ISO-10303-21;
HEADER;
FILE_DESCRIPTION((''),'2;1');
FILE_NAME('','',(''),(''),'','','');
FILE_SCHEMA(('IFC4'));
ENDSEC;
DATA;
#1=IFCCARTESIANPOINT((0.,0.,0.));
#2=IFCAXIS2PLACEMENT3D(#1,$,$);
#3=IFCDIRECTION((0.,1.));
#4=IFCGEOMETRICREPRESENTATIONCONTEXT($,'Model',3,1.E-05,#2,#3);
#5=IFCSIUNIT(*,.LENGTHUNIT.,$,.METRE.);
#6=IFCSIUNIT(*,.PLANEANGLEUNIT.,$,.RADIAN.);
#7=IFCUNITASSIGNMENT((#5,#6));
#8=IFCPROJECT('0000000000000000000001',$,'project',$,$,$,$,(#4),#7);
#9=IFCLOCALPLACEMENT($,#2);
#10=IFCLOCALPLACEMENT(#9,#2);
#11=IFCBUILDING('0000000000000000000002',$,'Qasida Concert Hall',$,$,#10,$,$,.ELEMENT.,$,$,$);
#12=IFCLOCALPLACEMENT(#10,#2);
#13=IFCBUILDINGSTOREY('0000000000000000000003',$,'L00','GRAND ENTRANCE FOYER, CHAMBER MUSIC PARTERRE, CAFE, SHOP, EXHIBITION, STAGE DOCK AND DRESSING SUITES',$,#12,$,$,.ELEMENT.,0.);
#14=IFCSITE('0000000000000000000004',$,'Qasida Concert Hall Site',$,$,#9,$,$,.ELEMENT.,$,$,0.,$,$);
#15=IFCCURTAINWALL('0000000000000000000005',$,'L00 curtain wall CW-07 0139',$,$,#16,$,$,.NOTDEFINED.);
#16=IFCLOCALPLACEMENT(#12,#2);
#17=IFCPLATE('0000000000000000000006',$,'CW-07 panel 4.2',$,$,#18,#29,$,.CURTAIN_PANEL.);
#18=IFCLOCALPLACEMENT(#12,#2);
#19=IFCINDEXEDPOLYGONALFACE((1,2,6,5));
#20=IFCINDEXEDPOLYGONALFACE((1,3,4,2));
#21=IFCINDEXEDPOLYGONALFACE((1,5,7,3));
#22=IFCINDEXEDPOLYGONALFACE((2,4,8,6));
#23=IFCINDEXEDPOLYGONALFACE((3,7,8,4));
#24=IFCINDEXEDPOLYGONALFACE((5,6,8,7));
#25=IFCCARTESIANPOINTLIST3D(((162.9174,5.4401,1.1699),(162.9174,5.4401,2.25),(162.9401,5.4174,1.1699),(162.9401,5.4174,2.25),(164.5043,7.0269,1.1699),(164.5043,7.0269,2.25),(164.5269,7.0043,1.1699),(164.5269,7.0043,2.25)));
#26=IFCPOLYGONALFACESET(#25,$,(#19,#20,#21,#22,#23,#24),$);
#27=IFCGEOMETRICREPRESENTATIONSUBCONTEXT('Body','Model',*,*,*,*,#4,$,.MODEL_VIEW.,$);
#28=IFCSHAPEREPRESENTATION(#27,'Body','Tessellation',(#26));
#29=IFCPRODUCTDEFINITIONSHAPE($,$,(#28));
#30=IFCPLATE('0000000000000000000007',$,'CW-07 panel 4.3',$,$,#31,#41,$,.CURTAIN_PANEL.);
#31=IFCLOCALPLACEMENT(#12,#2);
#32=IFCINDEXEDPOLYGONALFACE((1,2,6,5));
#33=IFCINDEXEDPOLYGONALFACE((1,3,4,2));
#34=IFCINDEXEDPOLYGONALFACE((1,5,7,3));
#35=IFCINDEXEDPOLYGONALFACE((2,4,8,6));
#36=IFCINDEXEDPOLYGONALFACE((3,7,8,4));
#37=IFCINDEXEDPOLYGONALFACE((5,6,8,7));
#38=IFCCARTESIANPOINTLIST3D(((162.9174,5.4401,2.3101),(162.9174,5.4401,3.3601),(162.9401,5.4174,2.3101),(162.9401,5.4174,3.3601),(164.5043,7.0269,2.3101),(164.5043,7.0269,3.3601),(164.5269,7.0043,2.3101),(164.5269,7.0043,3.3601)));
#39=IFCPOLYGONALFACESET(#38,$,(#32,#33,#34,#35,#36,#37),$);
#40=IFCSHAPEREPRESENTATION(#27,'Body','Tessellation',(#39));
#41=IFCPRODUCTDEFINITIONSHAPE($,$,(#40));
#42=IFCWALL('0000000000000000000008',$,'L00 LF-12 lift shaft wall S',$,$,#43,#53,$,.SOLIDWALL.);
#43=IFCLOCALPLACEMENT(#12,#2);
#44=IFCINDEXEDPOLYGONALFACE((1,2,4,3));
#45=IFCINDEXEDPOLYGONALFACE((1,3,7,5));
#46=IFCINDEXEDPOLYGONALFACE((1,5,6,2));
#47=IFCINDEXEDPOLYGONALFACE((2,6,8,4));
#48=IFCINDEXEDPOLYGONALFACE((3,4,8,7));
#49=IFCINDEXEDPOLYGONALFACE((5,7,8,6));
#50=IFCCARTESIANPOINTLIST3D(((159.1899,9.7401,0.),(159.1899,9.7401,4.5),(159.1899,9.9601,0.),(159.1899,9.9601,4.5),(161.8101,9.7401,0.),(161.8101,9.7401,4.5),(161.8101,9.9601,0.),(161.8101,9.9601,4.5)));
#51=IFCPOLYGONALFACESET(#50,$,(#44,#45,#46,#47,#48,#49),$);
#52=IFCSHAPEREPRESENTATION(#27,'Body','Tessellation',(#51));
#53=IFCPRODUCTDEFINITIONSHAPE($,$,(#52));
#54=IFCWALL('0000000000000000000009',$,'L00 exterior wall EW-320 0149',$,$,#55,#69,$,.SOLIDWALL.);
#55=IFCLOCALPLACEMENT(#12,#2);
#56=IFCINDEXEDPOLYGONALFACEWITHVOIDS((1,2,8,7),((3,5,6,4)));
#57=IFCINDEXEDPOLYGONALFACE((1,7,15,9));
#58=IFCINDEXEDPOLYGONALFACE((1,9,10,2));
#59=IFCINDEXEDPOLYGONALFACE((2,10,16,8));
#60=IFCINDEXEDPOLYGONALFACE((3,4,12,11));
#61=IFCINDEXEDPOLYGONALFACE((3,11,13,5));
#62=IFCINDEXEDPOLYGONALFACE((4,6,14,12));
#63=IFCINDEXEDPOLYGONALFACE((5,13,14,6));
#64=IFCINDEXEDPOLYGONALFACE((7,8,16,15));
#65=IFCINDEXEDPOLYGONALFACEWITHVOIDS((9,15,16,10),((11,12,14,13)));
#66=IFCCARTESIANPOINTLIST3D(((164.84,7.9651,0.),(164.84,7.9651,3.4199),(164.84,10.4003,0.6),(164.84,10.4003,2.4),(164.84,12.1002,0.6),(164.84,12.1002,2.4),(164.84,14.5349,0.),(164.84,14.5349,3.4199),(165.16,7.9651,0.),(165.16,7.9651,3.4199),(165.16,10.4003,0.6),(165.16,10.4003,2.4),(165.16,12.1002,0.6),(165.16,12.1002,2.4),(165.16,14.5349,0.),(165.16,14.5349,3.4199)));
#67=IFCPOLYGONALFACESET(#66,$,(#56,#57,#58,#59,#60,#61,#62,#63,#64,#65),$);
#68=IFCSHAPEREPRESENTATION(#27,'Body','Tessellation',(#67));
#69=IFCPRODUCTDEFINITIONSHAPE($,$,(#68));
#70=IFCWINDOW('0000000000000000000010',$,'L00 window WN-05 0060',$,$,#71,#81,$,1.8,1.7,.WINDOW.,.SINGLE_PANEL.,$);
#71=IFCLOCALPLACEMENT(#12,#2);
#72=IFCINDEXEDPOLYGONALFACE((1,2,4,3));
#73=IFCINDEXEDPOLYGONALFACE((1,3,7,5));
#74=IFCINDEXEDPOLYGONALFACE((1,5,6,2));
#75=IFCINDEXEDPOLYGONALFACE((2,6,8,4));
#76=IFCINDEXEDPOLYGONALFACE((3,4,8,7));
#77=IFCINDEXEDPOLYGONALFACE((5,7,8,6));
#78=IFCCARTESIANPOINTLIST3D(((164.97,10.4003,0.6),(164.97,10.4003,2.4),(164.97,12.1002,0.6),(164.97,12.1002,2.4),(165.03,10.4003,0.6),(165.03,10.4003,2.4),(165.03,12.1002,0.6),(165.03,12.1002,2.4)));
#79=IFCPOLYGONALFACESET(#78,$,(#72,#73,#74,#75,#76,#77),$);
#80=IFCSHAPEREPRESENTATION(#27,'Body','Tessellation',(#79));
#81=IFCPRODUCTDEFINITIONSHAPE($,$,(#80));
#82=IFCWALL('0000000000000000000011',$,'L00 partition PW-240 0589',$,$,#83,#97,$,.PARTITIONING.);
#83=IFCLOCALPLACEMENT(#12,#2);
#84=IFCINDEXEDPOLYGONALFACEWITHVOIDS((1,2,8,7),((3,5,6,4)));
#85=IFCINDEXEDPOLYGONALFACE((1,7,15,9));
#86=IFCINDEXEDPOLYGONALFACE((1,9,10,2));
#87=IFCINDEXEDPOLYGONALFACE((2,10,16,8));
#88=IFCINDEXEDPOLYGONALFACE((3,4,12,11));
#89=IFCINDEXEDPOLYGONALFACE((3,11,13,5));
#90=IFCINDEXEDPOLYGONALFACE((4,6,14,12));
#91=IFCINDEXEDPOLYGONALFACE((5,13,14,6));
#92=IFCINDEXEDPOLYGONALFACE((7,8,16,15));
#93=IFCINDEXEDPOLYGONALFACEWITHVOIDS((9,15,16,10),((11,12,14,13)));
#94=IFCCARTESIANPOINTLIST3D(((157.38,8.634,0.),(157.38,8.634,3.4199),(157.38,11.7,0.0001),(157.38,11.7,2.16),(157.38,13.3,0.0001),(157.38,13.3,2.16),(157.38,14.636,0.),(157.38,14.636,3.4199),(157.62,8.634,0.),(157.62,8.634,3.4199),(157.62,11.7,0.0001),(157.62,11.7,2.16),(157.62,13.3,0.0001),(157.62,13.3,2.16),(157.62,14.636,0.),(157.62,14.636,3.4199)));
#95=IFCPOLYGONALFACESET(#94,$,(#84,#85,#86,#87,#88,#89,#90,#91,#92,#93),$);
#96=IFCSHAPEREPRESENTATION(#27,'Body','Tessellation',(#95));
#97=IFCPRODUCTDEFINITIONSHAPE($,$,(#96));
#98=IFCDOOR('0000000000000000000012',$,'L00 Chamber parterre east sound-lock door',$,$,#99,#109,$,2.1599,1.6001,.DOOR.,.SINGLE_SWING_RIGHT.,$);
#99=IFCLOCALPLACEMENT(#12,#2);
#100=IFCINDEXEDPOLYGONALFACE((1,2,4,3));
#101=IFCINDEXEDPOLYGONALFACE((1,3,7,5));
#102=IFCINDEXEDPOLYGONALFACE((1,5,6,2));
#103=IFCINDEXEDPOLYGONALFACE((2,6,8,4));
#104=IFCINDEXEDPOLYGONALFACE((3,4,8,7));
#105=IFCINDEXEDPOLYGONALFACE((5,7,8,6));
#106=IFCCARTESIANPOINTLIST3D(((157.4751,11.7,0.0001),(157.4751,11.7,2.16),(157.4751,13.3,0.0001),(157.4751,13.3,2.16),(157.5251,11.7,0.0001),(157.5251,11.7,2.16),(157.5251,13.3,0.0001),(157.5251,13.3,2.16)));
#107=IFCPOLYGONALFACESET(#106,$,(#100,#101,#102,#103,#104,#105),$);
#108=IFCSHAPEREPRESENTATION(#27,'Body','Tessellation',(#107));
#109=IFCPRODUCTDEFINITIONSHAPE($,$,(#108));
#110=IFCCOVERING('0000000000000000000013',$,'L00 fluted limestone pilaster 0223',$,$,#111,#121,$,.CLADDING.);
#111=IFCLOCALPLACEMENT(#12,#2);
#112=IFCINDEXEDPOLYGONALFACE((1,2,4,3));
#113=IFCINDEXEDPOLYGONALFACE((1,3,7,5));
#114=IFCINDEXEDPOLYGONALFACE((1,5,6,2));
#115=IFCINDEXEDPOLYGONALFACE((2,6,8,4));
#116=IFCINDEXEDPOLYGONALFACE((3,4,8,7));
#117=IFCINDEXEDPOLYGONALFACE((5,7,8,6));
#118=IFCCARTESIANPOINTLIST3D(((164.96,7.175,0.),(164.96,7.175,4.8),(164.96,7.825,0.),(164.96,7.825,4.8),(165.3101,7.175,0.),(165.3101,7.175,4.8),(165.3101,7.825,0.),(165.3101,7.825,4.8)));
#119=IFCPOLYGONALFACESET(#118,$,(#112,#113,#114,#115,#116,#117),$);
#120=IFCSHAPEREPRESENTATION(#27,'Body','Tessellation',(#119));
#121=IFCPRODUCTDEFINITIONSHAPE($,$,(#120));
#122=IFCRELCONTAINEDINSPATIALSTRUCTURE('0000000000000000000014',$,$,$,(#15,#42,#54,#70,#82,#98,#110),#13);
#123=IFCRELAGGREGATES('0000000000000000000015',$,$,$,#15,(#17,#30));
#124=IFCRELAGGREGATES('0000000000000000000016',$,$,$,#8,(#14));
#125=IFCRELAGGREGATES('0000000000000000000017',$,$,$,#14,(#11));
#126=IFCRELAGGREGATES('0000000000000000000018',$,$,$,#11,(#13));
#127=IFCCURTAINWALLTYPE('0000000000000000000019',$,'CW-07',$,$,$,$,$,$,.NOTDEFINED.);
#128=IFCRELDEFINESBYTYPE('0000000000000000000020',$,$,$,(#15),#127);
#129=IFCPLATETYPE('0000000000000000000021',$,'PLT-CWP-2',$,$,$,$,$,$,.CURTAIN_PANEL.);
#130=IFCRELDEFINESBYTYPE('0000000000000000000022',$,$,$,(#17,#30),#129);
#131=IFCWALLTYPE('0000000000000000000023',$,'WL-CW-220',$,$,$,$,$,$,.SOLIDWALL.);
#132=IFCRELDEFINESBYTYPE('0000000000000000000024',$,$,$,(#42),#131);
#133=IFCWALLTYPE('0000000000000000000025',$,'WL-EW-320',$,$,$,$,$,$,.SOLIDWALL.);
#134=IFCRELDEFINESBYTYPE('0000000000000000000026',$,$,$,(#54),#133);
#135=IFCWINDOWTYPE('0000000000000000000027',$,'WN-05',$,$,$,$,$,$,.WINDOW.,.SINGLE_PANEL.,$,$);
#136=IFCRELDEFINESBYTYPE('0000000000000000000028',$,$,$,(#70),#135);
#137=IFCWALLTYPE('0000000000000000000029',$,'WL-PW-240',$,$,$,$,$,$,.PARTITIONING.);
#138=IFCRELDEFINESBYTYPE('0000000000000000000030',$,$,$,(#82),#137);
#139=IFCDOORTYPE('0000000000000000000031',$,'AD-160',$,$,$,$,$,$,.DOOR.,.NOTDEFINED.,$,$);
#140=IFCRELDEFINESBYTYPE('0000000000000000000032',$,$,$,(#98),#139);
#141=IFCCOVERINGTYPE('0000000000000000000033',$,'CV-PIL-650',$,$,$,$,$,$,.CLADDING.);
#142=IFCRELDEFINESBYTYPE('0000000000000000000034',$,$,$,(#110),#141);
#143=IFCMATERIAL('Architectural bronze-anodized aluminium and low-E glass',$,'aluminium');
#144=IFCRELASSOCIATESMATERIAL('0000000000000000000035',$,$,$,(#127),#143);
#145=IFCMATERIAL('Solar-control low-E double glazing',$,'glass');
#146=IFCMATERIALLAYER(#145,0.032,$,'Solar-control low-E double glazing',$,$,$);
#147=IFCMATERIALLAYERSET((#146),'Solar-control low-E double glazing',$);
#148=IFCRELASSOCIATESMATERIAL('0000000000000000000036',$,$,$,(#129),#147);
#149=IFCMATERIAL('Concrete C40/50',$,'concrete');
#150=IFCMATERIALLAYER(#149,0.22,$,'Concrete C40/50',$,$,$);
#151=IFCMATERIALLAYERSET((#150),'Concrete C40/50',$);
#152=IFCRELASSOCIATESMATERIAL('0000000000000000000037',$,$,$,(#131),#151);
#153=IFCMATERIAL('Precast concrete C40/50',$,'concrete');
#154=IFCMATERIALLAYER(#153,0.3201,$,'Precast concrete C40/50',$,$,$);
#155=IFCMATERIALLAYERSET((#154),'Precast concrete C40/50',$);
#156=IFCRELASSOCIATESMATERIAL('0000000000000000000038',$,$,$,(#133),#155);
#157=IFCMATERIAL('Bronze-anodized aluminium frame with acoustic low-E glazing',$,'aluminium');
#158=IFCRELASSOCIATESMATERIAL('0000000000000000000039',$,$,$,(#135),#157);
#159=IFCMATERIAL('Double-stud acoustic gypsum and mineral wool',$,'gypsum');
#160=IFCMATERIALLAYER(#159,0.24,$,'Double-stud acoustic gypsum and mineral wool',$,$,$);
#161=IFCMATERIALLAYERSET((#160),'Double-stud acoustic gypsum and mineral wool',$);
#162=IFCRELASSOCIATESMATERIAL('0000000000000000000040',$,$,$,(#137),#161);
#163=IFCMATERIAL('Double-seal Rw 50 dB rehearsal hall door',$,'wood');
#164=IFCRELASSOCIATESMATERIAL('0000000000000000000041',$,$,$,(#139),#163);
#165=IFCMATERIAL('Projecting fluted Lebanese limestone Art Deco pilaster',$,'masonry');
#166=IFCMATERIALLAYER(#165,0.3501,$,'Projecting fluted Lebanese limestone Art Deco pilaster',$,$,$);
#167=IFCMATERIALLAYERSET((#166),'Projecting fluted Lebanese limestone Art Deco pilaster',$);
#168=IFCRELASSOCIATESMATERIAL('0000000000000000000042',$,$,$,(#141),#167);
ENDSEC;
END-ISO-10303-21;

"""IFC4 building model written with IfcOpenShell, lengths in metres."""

from ifc_helpers import new_model, si_unit, direction, frame, frame_2d, origin, origin_2d, place, context, subcontext, project, spatial, rectangle, extrude, material, layer, layer_set, type_object, element, fill, aggregate, save


model = new_model("IFC4")

# Units and contexts
model_context = context("Model", 3, precision=1e-05, world=origin(), true_north=direction((0.0, 1.0)))
body_context = subcontext(model_context, "Body", "Model", "MODEL_VIEW")
ifc_project = project(units=[si_unit("LENGTHUNIT", "METRE"), si_unit("PLANEANGLEUNIT", "RADIAN")], contexts=[model_context])

# Site, building, storey
site_placement = place(None, origin())
site = spatial("IfcSite", under=ifc_project, at=site_placement, Name="Qasida Concert Hall Site", CompositionType="ELEMENT", RefElevation=0.0)
building_placement = place(site_placement, origin())
building = spatial("IfcBuilding", under=site, at=building_placement, Name="Qasida Concert Hall", CompositionType="ELEMENT")
storey_placement = place(building_placement, origin())
storey = spatial("IfcBuildingStorey", under=building, at=storey_placement, Name="L00", Description="GRAND ENTRANCE FOYER, CHAMBER MUSIC PARTERRE, CAFE, SHOP, EXHIBITION, STAGE DOCK AND DRESSING SUITES", CompositionType="ELEMENT", Elevation=0.0)

# Shared definitions
ifc_material_1 = material(Name="Concrete C40/50", Category="concrete")

# Curtain wall, plates
ifc_material_2 = material(Name="Architectural bronze-anodized aluminium and low-E glass", Category="aluminium")
curtain_wall_type = type_object("IfcCurtainWallType", Name="CW-07", PredefinedType="NOTDEFINED", material=ifc_material_2)
curtain_wall_placement = place(storey_placement, origin())
curtain_wall = element("IfcCurtainWall", 1, at=curtain_wall_placement, inside=storey, type_object=curtain_wall_type, Name="L00 curtain wall CW-07 0139", PredefinedType="NOTDEFINED")
ifc_material_3 = material(Name="Solar-control low-E double glazing", Category="glass")
ifc_layer_1 = layer(ifc_material_3, 0.032, Name="Solar-control low-E double glazing")
ifc_layer_set_1 = layer_set([ifc_layer_1], Name="Solar-control low-E double glazing")
plate_type = type_object("IfcPlateType", Name="PLT-CWP-2", PredefinedType="CURTAIN_PANEL", material=ifc_layer_set_1)
plate_1_placement = place(storey_placement, frame((163.7222, 6.2222, 1.1699), z_axis=(0.0, 0.0, 1.0), x_axis=(0.707107, 0.707107, 0.0)))
plate_1 = element("IfcPlate", 2, at=plate_1_placement, type_object=plate_type, Name="CW-07 panel 4.2", PredefinedType="CURTAIN_PANEL", context=body_context, shape_type="SweptSolid", body=[
    extrude(rectangle(XDim=2.2441, YDim=0.032, at=origin_2d()), origin(), (0.0, 0.0, 1.0), 1.0801),
])
plate_2_placement = place(storey_placement, frame((163.7222, 6.2222, 2.3101), z_axis=(0.0, 0.0, 1.0), x_axis=(0.707107, 0.707107, 0.0)))
plate_2 = element("IfcPlate", 3, at=plate_2_placement, type_object=plate_type, Name="CW-07 panel 4.3", PredefinedType="CURTAIN_PANEL", context=body_context, shape_type="SweptSolid", body=[
    extrude(rectangle(XDim=2.2441, YDim=0.032, at=origin_2d()), origin(), (0.0, 0.0, 1.0), 1.05),
])
aggregate(curtain_wall, [plate_1, plate_2])

# Wall
ifc_layer_2 = layer(ifc_material_1, 0.22, Name="Concrete C40/50")
ifc_layer_set_2 = layer_set([ifc_layer_2], Name="Concrete C40/50")
wall_type_1 = type_object("IfcWallType", Name="WL-CW-220", PredefinedType="SOLIDWALL", material=ifc_layer_set_2)
wall_1_placement = place(storey_placement, frame((159.1899, 9.8501, 0.0), z_axis=(0.0, 0.0, 1.0), x_axis=(1.0, 0.0, 0.0)))
element("IfcWall", 4, at=wall_1_placement, inside=storey, type_object=wall_type_1, Name="L00 LF-12 lift shaft wall S", PredefinedType="SOLIDWALL", context=body_context, shape_type="SweptSolid", body=[
    extrude(rectangle(XDim=2.6201, YDim=0.22, at=frame_2d((1.3101, 0.0))), origin(), (0.0, 0.0, 1.0), 4.5),
])

# Wall, opening, window
ifc_material_4 = material(Name="Precast concrete C40/50", Category="concrete")
ifc_layer_3 = layer(ifc_material_4, 0.3201, Name="Precast concrete C40/50")
ifc_layer_set_3 = layer_set([ifc_layer_3], Name="Precast concrete C40/50")
wall_type_2 = type_object("IfcWallType", Name="WL-EW-320", PredefinedType="SOLIDWALL", material=ifc_layer_set_3)
wall_2_placement = place(storey_placement, frame((165.0, 7.9651, 0.0), z_axis=(0.0, 0.0, 1.0), x_axis=(0.0, 1.0, 0.0)))
wall_2 = element("IfcWall", 5, at=wall_2_placement, inside=storey, type_object=wall_type_2, Name="L00 exterior wall EW-320 0149", PredefinedType="SOLIDWALL", context=body_context, shape_type="SweptSolid", body=[
    extrude(rectangle(XDim=6.5698, YDim=0.3201, at=frame_2d((3.2849, 0.0))), origin(), (0.0, 0.0, 1.0), 3.4199),
])
opening_1_placement = place(wall_2_placement, frame((2.4351, 0.0, 0.6001)))
opening_1 = element("IfcOpeningElement", 6, at=opening_1_placement, cuts=wall_2, PredefinedType="OPENING", context=body_context, shape_type="SweptSolid", body=[
    extrude(rectangle(XDim=1.7, YDim=1.8, at=frame_2d((0.8501, 0.8999))), frame((0.0, 0.1699, 0.0), z_axis=(0.0, -1.0, 0.0), x_axis=(1.0, 0.0, 0.0)), (0.0, 0.0, 1.0), 0.3401),
])
ifc_material_5 = material(Name="Bronze-anodized aluminium frame with acoustic low-E glazing", Category="aluminium")
window_type = type_object("IfcWindowType", Name="WN-05", PartitioningType="SINGLE_PANEL", PredefinedType="WINDOW", material=ifc_material_5)
window_placement = place(opening_1_placement, origin())
window = element("IfcWindow", 7, at=window_placement, inside=storey, type_object=window_type, Name="L00 window WN-05 0060", OverallHeight=1.8, OverallWidth=1.7, PartitioningType="SINGLE_PANEL", PredefinedType="WINDOW", context=body_context, shape_type="SweptSolid", body=[
    extrude(rectangle(XDim=1.7, YDim=1.8, at=frame_2d((0.8501, 0.8999))), frame((0.0, 0.03, 0.0), z_axis=(0.0, -1.0, 0.0), x_axis=(1.0, 0.0, 0.0)), (0.0, 0.0, 1.0), 0.0601),
])
fill(opening_1, window)

# Wall, opening, door
ifc_material_6 = material(Name="Double-stud acoustic gypsum and mineral wool", Category="gypsum")
ifc_layer_4 = layer(ifc_material_6, 0.24, Name="Double-stud acoustic gypsum and mineral wool")
ifc_layer_set_4 = layer_set([ifc_layer_4], Name="Double-stud acoustic gypsum and mineral wool")
wall_type_3 = type_object("IfcWallType", Name="WL-PW-240", PredefinedType="PARTITIONING", material=ifc_layer_set_4)
wall_3_placement = place(storey_placement, frame((157.5, 8.634, 0.0), z_axis=(0.0, 0.0, 1.0), x_axis=(0.0, 1.0, 0.0)))
wall_3 = element("IfcWall", 8, at=wall_3_placement, inside=storey, type_object=wall_type_3, Name="L00 partition PW-240 0589", PredefinedType="PARTITIONING", context=body_context, shape_type="SweptSolid", body=[
    extrude(rectangle(XDim=6.002, YDim=0.24, at=frame_2d((3.001, 0.0))), origin(), (0.0, 0.0, 1.0), 3.4199),
])
opening_2_placement = place(wall_3_placement, frame((3.0659, 0.0, 0.0)))
opening_2 = element("IfcOpeningElement", 9, at=opening_2_placement, cuts=wall_3, PredefinedType="OPENING", context=body_context, shape_type="SweptSolid", body=[
    extrude(rectangle(XDim=1.6001, YDim=2.1599, at=frame_2d((0.8, 1.0801))), frame((0.0, 0.1299, 0.0), z_axis=(0.0, -1.0, 0.0), x_axis=(1.0, 0.0, 0.0)), (0.0, 0.0, 1.0), 0.26),
])
ifc_material_7 = material(Name="Double-seal Rw 50 dB rehearsal hall door", Category="wood")
door_type_1 = type_object("IfcDoorType", Name="AD-160", OperationType="NOTDEFINED", PredefinedType="DOOR", material=ifc_material_7)
door_1_placement = place(opening_2_placement, origin())
door_1 = element("IfcDoor", 10, at=door_1_placement, inside=storey, type_object=door_type_1, Name="L00 Chamber parterre east sound-lock door", OperationType="SINGLE_SWING_RIGHT", OverallHeight=2.1599, OverallWidth=1.6001, PredefinedType="DOOR", context=body_context, shape_type="SweptSolid", body=[
    extrude(rectangle(XDim=1.6001, YDim=2.1599, at=frame_2d((0.8, 1.0801))), frame((0.0, 0.0249, 0.0), z_axis=(0.0, -1.0, 0.0), x_axis=(1.0, 0.0, 0.0)), (0.0, 0.0, 1.0), 0.05),
])
fill(opening_2, door_1)

# Covering
ifc_material_8 = material(Name="Projecting fluted Lebanese limestone Art Deco pilaster", Category="masonry")
ifc_layer_5 = layer(ifc_material_8, 0.3501, Name="Projecting fluted Lebanese limestone Art Deco pilaster")
ifc_layer_set_5 = layer_set([ifc_layer_5], Name="Projecting fluted Lebanese limestone Art Deco pilaster")
covering_type = type_object("IfcCoveringType", Name="CV-PIL-650", PredefinedType="CLADDING", material=ifc_layer_set_5)
covering_placement = place(storey_placement, frame((165.135, 7.5, 0.0), z_axis=(0.0, 0.0, 1.0), x_axis=(1.0, 0.0, 0.0)))
element("IfcCovering", 11, at=covering_placement, inside=storey, type_object=covering_type, Name="L00 fluted limestone pilaster 0223", PredefinedType="CLADDING", context=body_context, shape_type="SweptSolid", body=[
    extrude(rectangle(XDim=0.3501, YDim=0.6499, at=origin_2d()), origin(), (0.0, 0.0, 1.0), 4.8),
])

save(model, "model.ifc")
